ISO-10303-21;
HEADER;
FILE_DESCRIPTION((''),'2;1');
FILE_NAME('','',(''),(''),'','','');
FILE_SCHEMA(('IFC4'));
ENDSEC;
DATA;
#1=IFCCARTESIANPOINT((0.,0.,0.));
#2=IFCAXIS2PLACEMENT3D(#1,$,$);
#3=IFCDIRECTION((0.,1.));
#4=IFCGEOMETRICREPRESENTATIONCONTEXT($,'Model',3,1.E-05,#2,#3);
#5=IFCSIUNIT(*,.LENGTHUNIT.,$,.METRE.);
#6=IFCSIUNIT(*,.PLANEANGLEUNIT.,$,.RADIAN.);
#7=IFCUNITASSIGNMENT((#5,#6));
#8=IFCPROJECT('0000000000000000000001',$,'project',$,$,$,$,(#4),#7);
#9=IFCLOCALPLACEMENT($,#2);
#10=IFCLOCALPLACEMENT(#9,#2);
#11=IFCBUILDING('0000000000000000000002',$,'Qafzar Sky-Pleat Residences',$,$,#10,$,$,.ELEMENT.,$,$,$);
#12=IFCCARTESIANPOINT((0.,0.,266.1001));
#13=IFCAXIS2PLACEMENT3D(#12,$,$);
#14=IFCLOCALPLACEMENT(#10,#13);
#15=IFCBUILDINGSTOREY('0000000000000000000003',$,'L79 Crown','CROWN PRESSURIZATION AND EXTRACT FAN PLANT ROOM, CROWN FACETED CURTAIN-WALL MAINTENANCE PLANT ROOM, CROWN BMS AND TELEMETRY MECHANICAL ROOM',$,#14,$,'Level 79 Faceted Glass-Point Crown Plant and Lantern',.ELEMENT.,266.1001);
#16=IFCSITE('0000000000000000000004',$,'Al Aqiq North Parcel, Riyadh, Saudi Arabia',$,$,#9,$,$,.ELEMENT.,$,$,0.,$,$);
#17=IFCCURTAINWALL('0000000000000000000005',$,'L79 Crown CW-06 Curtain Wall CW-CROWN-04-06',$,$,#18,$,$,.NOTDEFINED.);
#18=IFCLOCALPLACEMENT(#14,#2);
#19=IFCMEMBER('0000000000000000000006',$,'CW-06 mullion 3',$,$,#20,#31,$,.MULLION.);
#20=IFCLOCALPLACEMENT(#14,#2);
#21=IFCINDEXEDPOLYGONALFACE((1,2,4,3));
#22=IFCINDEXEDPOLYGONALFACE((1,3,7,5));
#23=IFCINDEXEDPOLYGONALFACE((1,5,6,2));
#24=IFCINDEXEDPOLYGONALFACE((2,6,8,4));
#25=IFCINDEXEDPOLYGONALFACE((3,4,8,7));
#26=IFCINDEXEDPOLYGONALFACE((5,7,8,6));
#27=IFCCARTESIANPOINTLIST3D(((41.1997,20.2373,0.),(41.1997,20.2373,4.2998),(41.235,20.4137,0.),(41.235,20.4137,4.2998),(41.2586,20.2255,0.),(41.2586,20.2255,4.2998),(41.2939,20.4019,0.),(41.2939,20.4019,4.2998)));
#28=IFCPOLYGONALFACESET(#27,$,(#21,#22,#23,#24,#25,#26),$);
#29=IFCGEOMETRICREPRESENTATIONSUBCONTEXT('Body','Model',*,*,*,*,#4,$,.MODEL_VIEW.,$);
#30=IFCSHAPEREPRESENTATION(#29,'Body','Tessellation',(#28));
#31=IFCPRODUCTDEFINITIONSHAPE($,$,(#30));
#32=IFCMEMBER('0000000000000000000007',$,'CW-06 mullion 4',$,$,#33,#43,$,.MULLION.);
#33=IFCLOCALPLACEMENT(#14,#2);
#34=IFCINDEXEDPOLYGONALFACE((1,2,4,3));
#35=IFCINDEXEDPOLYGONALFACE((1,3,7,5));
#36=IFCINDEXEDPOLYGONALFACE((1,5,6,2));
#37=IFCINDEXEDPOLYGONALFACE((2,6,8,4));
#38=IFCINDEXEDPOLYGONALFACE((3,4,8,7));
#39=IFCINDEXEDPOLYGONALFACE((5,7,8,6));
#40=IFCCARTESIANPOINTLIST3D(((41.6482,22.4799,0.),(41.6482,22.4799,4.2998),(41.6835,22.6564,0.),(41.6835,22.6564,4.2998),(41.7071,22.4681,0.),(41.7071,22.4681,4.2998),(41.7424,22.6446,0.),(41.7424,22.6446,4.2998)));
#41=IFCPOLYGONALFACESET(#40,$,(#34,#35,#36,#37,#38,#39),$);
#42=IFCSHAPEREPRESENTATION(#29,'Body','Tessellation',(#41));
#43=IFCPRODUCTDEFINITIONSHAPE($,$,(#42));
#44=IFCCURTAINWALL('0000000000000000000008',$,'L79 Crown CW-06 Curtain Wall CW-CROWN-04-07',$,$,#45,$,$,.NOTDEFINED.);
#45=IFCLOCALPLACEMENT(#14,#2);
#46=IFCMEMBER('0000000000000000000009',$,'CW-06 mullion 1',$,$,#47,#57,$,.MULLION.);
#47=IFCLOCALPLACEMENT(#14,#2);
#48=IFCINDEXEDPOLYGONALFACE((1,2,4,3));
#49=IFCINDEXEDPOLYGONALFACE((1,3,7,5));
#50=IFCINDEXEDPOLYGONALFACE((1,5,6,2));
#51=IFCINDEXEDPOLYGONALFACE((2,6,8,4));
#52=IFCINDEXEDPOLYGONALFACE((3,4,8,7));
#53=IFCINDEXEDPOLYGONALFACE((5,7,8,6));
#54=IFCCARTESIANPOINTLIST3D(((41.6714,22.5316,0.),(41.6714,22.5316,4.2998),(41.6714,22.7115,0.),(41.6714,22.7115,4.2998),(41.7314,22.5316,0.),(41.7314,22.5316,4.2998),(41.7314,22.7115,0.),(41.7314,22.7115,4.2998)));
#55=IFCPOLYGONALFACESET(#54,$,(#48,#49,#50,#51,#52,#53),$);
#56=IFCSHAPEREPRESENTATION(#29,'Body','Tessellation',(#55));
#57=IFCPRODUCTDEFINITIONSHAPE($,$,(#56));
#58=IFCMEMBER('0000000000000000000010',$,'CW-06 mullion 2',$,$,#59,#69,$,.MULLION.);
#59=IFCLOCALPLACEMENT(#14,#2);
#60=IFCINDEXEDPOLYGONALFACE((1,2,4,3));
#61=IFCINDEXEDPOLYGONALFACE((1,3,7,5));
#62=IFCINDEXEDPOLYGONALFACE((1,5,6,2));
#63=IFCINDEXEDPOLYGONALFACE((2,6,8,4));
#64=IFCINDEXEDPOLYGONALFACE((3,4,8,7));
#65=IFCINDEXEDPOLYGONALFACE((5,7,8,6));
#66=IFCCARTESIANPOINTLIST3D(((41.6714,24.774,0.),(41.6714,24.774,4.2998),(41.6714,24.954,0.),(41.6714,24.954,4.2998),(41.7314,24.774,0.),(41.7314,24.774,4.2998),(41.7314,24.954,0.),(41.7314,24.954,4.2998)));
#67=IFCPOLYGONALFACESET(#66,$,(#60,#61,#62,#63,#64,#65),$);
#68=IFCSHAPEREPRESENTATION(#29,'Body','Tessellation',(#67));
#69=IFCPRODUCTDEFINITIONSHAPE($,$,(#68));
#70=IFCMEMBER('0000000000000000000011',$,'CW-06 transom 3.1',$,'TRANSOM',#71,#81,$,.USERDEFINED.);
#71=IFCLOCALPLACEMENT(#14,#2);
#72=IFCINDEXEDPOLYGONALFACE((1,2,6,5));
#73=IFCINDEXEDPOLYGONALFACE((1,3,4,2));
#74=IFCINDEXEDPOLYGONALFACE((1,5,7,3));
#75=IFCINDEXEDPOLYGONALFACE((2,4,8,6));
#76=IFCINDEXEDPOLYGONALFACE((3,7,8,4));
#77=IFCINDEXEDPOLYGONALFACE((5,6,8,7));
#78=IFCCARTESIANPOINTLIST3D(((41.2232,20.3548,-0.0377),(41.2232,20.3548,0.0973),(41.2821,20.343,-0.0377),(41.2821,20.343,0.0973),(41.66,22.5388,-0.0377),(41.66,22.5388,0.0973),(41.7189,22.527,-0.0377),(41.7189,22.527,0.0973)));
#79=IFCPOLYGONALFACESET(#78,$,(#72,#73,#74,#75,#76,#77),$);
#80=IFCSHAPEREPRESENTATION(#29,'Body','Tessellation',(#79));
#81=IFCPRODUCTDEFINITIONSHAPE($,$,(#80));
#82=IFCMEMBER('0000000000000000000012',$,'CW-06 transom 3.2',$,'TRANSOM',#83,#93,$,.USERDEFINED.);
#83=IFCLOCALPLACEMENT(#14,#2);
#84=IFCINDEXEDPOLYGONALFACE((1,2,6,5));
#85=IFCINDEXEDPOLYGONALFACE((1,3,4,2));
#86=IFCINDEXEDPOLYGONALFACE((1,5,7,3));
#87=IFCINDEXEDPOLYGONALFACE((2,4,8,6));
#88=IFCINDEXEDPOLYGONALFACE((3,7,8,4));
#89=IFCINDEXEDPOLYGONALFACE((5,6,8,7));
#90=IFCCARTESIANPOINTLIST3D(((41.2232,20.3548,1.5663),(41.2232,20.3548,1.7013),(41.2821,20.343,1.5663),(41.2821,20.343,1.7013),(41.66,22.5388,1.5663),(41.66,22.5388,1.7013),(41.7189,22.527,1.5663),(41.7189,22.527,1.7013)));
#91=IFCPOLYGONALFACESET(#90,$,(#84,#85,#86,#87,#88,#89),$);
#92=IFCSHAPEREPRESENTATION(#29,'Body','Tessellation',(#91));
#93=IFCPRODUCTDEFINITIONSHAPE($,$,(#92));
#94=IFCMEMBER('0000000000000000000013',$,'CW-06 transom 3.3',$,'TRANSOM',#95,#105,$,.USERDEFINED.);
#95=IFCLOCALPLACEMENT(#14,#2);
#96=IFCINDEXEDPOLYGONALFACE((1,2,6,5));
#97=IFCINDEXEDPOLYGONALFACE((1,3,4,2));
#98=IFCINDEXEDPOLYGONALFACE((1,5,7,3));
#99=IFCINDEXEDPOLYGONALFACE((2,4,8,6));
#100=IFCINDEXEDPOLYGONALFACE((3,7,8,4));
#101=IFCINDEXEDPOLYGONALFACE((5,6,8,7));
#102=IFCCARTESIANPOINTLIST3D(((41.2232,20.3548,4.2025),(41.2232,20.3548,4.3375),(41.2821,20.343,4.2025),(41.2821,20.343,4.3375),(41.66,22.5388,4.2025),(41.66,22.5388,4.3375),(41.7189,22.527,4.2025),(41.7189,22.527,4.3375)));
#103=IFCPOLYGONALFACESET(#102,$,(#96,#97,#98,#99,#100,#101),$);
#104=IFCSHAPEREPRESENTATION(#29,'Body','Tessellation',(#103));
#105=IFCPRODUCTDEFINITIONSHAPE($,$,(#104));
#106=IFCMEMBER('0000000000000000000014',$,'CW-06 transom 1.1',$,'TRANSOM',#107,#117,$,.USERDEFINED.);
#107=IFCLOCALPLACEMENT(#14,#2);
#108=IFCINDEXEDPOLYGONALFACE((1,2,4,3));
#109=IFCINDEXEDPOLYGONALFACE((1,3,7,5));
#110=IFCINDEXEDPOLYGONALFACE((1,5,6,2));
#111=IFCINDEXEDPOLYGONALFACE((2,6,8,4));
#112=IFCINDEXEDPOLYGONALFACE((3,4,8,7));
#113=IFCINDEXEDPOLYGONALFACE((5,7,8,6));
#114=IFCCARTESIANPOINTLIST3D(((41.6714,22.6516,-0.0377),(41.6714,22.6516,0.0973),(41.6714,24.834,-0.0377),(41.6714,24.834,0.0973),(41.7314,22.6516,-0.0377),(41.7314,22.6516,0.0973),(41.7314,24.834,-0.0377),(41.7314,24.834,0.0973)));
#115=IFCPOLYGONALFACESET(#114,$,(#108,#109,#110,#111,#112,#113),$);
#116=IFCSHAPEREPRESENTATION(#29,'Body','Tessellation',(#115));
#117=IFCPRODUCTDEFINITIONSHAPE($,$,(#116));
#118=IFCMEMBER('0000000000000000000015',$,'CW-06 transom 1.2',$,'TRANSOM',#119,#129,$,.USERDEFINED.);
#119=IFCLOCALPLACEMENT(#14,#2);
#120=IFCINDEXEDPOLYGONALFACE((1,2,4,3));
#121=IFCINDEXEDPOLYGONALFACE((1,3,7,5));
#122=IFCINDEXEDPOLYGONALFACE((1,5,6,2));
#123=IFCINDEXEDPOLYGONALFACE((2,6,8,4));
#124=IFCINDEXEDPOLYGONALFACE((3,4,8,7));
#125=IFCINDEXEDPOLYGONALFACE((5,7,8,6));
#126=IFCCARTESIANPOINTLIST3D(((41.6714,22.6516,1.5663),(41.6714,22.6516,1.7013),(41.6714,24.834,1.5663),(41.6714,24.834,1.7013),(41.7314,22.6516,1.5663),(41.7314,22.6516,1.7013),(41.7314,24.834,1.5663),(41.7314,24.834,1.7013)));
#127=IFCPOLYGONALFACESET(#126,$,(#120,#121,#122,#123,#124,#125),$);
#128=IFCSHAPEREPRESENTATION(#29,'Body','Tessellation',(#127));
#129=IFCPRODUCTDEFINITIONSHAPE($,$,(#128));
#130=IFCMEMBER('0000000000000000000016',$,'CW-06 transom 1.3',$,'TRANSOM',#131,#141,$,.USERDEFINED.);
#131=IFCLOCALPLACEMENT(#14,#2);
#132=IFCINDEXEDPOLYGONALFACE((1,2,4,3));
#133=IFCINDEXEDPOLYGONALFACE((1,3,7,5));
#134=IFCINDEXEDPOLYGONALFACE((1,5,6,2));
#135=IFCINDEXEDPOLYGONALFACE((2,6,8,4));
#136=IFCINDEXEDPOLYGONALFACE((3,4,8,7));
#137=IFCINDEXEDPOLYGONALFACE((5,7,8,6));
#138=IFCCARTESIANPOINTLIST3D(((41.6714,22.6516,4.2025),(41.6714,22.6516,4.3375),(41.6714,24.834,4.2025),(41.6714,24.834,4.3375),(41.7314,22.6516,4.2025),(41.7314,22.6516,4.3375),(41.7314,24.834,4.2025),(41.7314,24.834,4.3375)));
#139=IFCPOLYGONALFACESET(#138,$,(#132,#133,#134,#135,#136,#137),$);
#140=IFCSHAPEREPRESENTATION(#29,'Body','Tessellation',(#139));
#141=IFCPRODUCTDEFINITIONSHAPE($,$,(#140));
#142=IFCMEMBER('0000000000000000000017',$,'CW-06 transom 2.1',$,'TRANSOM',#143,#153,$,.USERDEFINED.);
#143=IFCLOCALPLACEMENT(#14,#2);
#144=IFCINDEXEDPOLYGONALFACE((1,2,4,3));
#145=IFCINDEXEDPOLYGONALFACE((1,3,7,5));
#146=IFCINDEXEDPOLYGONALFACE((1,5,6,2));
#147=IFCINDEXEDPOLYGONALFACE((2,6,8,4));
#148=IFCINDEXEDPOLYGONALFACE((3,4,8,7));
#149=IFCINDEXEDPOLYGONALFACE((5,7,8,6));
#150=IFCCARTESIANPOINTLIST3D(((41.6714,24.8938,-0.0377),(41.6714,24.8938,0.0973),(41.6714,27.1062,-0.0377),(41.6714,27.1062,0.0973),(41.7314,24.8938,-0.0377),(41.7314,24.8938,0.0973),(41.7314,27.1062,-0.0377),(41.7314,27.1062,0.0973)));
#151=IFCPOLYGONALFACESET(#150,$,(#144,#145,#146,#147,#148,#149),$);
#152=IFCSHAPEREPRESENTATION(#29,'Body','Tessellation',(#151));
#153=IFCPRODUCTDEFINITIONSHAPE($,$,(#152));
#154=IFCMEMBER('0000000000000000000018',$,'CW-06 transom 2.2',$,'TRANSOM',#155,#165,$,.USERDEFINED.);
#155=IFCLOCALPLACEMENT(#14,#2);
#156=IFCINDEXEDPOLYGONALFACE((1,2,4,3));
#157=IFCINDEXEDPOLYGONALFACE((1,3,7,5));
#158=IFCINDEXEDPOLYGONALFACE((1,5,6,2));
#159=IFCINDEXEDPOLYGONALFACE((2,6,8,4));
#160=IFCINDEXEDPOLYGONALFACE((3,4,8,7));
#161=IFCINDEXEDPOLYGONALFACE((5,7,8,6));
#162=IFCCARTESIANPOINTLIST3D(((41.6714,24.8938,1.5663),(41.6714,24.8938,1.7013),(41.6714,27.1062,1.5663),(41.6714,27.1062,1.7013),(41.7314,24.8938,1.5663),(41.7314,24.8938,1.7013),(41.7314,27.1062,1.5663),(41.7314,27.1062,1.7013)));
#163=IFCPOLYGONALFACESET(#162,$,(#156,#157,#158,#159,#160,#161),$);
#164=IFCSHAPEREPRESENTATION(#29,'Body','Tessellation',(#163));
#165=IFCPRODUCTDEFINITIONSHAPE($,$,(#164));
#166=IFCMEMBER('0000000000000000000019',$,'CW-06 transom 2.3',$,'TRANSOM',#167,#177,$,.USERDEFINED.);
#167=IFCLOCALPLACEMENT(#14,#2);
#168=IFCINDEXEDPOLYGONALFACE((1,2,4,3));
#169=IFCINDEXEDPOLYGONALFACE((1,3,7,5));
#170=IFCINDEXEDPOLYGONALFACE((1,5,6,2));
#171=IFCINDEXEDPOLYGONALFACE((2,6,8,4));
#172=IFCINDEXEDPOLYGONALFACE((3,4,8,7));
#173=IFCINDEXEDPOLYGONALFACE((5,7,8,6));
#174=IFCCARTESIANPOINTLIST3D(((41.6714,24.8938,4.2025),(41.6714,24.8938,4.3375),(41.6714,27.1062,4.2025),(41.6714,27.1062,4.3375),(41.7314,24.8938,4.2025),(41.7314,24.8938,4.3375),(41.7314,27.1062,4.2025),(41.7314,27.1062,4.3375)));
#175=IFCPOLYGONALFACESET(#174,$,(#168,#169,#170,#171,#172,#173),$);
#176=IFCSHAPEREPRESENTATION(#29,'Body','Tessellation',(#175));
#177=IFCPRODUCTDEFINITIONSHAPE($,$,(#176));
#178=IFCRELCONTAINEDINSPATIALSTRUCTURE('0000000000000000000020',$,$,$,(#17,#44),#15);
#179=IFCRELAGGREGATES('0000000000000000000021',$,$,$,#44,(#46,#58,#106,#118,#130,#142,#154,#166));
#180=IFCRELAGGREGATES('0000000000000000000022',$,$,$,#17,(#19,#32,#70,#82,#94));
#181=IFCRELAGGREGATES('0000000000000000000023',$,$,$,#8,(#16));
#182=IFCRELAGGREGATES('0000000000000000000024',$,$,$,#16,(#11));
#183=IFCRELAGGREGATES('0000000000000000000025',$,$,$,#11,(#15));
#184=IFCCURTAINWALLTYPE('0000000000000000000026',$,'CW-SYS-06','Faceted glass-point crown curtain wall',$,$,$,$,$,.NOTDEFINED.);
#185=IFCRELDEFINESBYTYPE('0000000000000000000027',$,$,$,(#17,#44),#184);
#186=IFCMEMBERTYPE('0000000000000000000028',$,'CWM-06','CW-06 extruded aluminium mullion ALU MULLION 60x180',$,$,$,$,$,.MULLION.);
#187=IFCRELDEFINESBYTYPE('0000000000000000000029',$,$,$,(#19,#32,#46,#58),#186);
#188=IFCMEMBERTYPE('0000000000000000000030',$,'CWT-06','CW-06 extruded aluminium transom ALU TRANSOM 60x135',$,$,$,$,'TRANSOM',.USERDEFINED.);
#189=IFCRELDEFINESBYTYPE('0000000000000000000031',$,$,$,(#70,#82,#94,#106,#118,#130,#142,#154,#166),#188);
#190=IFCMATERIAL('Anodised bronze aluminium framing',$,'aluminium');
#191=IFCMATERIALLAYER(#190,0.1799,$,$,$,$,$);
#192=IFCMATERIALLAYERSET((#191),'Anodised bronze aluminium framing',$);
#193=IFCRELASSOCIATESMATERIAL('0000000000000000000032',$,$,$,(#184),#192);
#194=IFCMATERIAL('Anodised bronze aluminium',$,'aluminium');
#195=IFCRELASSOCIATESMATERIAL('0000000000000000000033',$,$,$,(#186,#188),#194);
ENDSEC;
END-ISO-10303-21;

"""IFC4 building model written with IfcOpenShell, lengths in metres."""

from ifc_helpers import new_model, si_unit, direction, frame, origin, origin_2d, place, context, subcontext, project, spatial, rectangle, extrude, source, transform, mapped, material, layer, layer_set, material_profile, profile_set, type_object, element, aggregate, save


model = new_model("IFC4")

# Units and contexts
model_context = context("Model", 3, precision=1e-05, world=origin(), true_north=direction((0.0, 1.0)))
body_context = subcontext(model_context, "Body", "Model", "MODEL_VIEW")
ifc_project = project(units=[si_unit("LENGTHUNIT", "METRE"), si_unit("PLANEANGLEUNIT", "RADIAN")], contexts=[model_context])

# Site, building, storey
site_placement = place(None, origin())
site = spatial("IfcSite", under=ifc_project, at=site_placement, Name="Al Aqiq North Parcel, Riyadh, Saudi Arabia", CompositionType="ELEMENT", RefElevation=0.0)
building_placement = place(site_placement, origin())
building = spatial("IfcBuilding", under=site, at=building_placement, Name="Qafzar Sky-Pleat Residences", CompositionType="ELEMENT")
storey_placement = place(building_placement, frame((0.0, 0.0, 266.1001)))
storey = spatial("IfcBuildingStorey", under=building, at=storey_placement, Name="L79 Crown", Description="CROWN PRESSURIZATION AND EXTRACT FAN PLANT ROOM, CROWN FACETED CURTAIN-WALL MAINTENANCE PLANT ROOM, CROWN BMS AND TELEMETRY MECHANICAL ROOM", LongName="Level 79 Faceted Glass-Point Crown Plant and Lantern", CompositionType="ELEMENT", Elevation=266.1001)

# Curtain walls, members
ifc_material_1 = material(Name="Anodised bronze aluminium framing", Category="aluminium")
ifc_layer_1 = layer(ifc_material_1, 0.1799)
ifc_layer_set_1 = layer_set([ifc_layer_1], Name="Anodised bronze aluminium framing")
curtain_wall_type = type_object("IfcCurtainWallType", Name="CW-SYS-06", Description="Faceted glass-point crown curtain wall", PredefinedType="NOTDEFINED", material=ifc_layer_set_1)
curtain_wall_1_placement = place(storey_placement, origin())
curtain_wall_1 = element("IfcCurtainWall", 1, at=curtain_wall_1_placement, inside=storey, type_object=curtain_wall_type, Name="L79 Crown CW-06 Curtain Wall CW-CROWN-04-06", PredefinedType="NOTDEFINED")
ifc_material_2 = material(Name="Anodised bronze aluminium", Category="aluminium")
ifc_material_profile_1 = material_profile(ifc_material_2, rectangle(XDim=0.0601, YDim=0.1799, at=origin_2d()), Name="ALU MULLION 60x180")
ifc_profile_set_1 = profile_set([ifc_material_profile_1], Name="Anodised bronze aluminium")
member_type_1 = type_object("IfcMemberType", Name="CWM-06", Description="CW-06 extruded aluminium mullion ALU MULLION 60x180", PredefinedType="MULLION", material=ifc_profile_set_1)
shared_shape_1 = source(origin(), body_context, "Body", "SweptSolid", [
    extrude(rectangle(XDim=0.0601, YDim=0.1799, at=origin_2d()), origin(), (0.0, 0.0, 1.0), 4.2998),
])
member_1_placement = place(storey_placement, frame((41.2468, 20.3196, 0.0), z_axis=(0.0, 0.0, 1.0), x_axis=(-0.980581, 0.196116, 0.0)))
member_1 = element("IfcMember", 2, at=member_1_placement, type_object=member_type_1, Name="CW-06 mullion 3", PredefinedType="MULLION", context=body_context, shape_type="MappedRepresentation", body=[
    mapped(shared_shape_1, transform((0.0, 0.0, 0.0), x_axis=(1.0, 0.0, 0.0), y_axis=(0.0, 1.0, 0.0), z_axis=(0.0, 0.0, 1.0), scale=1.0)),
])
member_2_placement = place(storey_placement, frame((41.6953, 22.5623, 0.0), z_axis=(0.0, 0.0, 1.0), x_axis=(-0.980581, 0.196116, 0.0)))
member_2 = element("IfcMember", 3, at=member_2_placement, type_object=member_type_1, Name="CW-06 mullion 4", PredefinedType="MULLION", context=body_context, shape_type="MappedRepresentation", body=[
    mapped(shared_shape_1, transform((0.0, 0.0, 0.0), x_axis=(1.0, 0.0, 0.0), y_axis=(0.0, 1.0, 0.0), z_axis=(0.0, 0.0, 1.0), scale=1.0)),
])
curtain_wall_2_placement = place(storey_placement, origin())
curtain_wall_2 = element("IfcCurtainWall", 4, at=curtain_wall_2_placement, inside=storey, type_object=curtain_wall_type, Name="L79 Crown CW-06 Curtain Wall CW-CROWN-04-07", PredefinedType="NOTDEFINED")
member_3_placement = place(storey_placement, frame((41.7014, 22.6216, 0.0), z_axis=(0.0, 0.0, 1.0), x_axis=(-1.0, 0.0, 0.0)))
member_3 = element("IfcMember", 5, at=member_3_placement, type_object=member_type_1, Name="CW-06 mullion 1", PredefinedType="MULLION", context=body_context, shape_type="MappedRepresentation", body=[
    mapped(shared_shape_1, transform((0.0, 0.0, 0.0), x_axis=(1.0, 0.0, 0.0), y_axis=(0.0, 1.0, 0.0), z_axis=(0.0, 0.0, 1.0), scale=1.0)),
])
member_4_placement = place(storey_placement, frame((41.7014, 24.864, 0.0), z_axis=(0.0, 0.0, 1.0), x_axis=(-1.0, 0.0, 0.0)))
member_4 = element("IfcMember", 6, at=member_4_placement, type_object=member_type_1, Name="CW-06 mullion 2", PredefinedType="MULLION", context=body_context, shape_type="MappedRepresentation", body=[
    mapped(shared_shape_1, transform((0.0, 0.0, 0.0), x_axis=(1.0, 0.0, 0.0), y_axis=(0.0, 1.0, 0.0), z_axis=(0.0, 0.0, 1.0), scale=1.0)),
])

# Members
ifc_material_profile_2 = material_profile(ifc_material_2, rectangle(XDim=0.0601, YDim=0.135, at=origin_2d()), Name="ALU TRANSOM 60x135")
ifc_profile_set_2 = profile_set([ifc_material_profile_2], Name="Anodised bronze aluminium")
member_type_2 = type_object("IfcMemberType", Name="CWT-06", Description="CW-06 extruded aluminium transom ALU TRANSOM 60x135", ElementType="TRANSOM", PredefinedType="USERDEFINED", material=ifc_profile_set_2)
shared_shape_2 = source(origin(), body_context, "Body", "SweptSolid", [
    extrude(rectangle(XDim=0.0601, YDim=0.135, at=origin_2d()), origin(), (0.0, 0.0, 1.0), 2.2273),
])
member_5_placement = place(storey_placement, frame((41.2527, 20.3489, 0.0298), z_axis=(0.196095, 0.980585, 0.0), x_axis=(-0.980585, 0.196095, 0.0)))
member_5 = element("IfcMember", 7, at=member_5_placement, type_object=member_type_2, Name="CW-06 transom 3.1", ObjectType="TRANSOM", PredefinedType="USERDEFINED", context=body_context, shape_type="MappedRepresentation", body=[
    mapped(shared_shape_2, transform((0.0, 0.0, 0.0), x_axis=(1.0, 0.0, 0.0), y_axis=(0.0, 1.0, 0.0), z_axis=(0.0, 0.0, 1.0), scale=1.0)),
])
member_6_placement = place(storey_placement, frame((41.2527, 20.3489, 1.6338), z_axis=(0.196095, 0.980585, 0.0), x_axis=(-0.980585, 0.196095, 0.0)))
member_6 = element("IfcMember", 8, at=member_6_placement, type_object=member_type_2, Name="CW-06 transom 3.2", ObjectType="TRANSOM", PredefinedType="USERDEFINED", context=body_context, shape_type="MappedRepresentation", body=[
    mapped(shared_shape_2, transform((0.0, 0.0, 0.0), x_axis=(1.0, 0.0, 0.0), y_axis=(0.0, 1.0, 0.0), z_axis=(0.0, 0.0, 1.0), scale=1.0)),
])
member_7_placement = place(storey_placement, frame((41.2527, 20.3489, 4.27), z_axis=(0.196095, 0.980585, 0.0), x_axis=(-0.980585, 0.196095, 0.0)))
member_7 = element("IfcMember", 9, at=member_7_placement, type_object=member_type_2, Name="CW-06 transom 3.3", ObjectType="TRANSOM", PredefinedType="USERDEFINED", context=body_context, shape_type="MappedRepresentation", body=[
    mapped(shared_shape_2, transform((0.0, 0.0, 0.0), x_axis=(1.0, 0.0, 0.0), y_axis=(0.0, 1.0, 0.0), z_axis=(0.0, 0.0, 1.0), scale=1.0)),
])
shared_shape_3 = source(origin(), body_context, "Body", "SweptSolid", [
    extrude(rectangle(XDim=0.0601, YDim=0.135, at=origin_2d()), origin(), (0.0, 0.0, 1.0), 2.1824),
])
member_8_placement = place(storey_placement, frame((41.7014, 22.6516, 0.0298), z_axis=(0.0, 1.0, 0.0), x_axis=(-1.0, 0.0, 0.0)))
member_8 = element("IfcMember", 10, at=member_8_placement, type_object=member_type_2, Name="CW-06 transom 1.1", ObjectType="TRANSOM", PredefinedType="USERDEFINED", context=body_context, shape_type="MappedRepresentation", body=[
    mapped(shared_shape_3, transform((0.0, 0.0, 0.0), x_axis=(1.0, 0.0, 0.0), y_axis=(0.0, 1.0, 0.0), z_axis=(0.0, 0.0, 1.0), scale=1.0)),
])
member_9_placement = place(storey_placement, frame((41.7014, 22.6516, 1.6338), z_axis=(0.0, 1.0, 0.0), x_axis=(-1.0, 0.0, 0.0)))
member_9 = element("IfcMember", 11, at=member_9_placement, type_object=member_type_2, Name="CW-06 transom 1.2", ObjectType="TRANSOM", PredefinedType="USERDEFINED", context=body_context, shape_type="MappedRepresentation", body=[
    mapped(shared_shape_3, transform((0.0, 0.0, 0.0), x_axis=(1.0, 0.0, 0.0), y_axis=(0.0, 1.0, 0.0), z_axis=(0.0, 0.0, 1.0), scale=1.0)),
])
member_10_placement = place(storey_placement, frame((41.7014, 22.6516, 4.27), z_axis=(0.0, 1.0, 0.0), x_axis=(-1.0, 0.0, 0.0)))
member_10 = element("IfcMember", 12, at=member_10_placement, type_object=member_type_2, Name="CW-06 transom 1.3", ObjectType="TRANSOM", PredefinedType="USERDEFINED", context=body_context, shape_type="MappedRepresentation", body=[
    mapped(shared_shape_3, transform((0.0, 0.0, 0.0), x_axis=(1.0, 0.0, 0.0), y_axis=(0.0, 1.0, 0.0), z_axis=(0.0, 0.0, 1.0), scale=1.0)),
])
shared_shape_4 = source(origin(), body_context, "Body", "SweptSolid", [
    extrude(rectangle(XDim=0.0601, YDim=0.135, at=origin_2d()), origin(), (0.0, 0.0, 1.0), 2.2124),
])
member_11_placement = place(storey_placement, frame((41.7014, 24.8938, 0.0298), z_axis=(0.0, 1.0, 0.0), x_axis=(-1.0, 0.0, 0.0)))
member_11 = element("IfcMember", 13, at=member_11_placement, type_object=member_type_2, Name="CW-06 transom 2.1", ObjectType="TRANSOM", PredefinedType="USERDEFINED", context=body_context, shape_type="MappedRepresentation", body=[
    mapped(shared_shape_4, transform((0.0, 0.0, 0.0), x_axis=(1.0, 0.0, 0.0), y_axis=(0.0, 1.0, 0.0), z_axis=(0.0, 0.0, 1.0), scale=1.0)),
])
member_12_placement = place(storey_placement, frame((41.7014, 24.8938, 1.6338), z_axis=(0.0, 1.0, 0.0), x_axis=(-1.0, 0.0, 0.0)))
member_12 = element("IfcMember", 14, at=member_12_placement, type_object=member_type_2, Name="CW-06 transom 2.2", ObjectType="TRANSOM", PredefinedType="USERDEFINED", context=body_context, shape_type="MappedRepresentation", body=[
    mapped(shared_shape_4, transform((0.0, 0.0, 0.0), x_axis=(1.0, 0.0, 0.0), y_axis=(0.0, 1.0, 0.0), z_axis=(0.0, 0.0, 1.0), scale=1.0)),
])
member_13_placement = place(storey_placement, frame((41.7014, 24.8938, 4.27), z_axis=(0.0, 1.0, 0.0), x_axis=(-1.0, 0.0, 0.0)))
member_13 = element("IfcMember", 15, at=member_13_placement, type_object=member_type_2, Name="CW-06 transom 2.3", ObjectType="TRANSOM", PredefinedType="USERDEFINED", context=body_context, shape_type="MappedRepresentation", body=[
    mapped(shared_shape_4, transform((0.0, 0.0, 0.0), x_axis=(1.0, 0.0, 0.0), y_axis=(0.0, 1.0, 0.0), z_axis=(0.0, 0.0, 1.0), scale=1.0)),
])

aggregate(curtain_wall_2, [member_3, member_4, member_8, member_9, member_10, member_11, member_12, member_13])
aggregate(curtain_wall_1, [member_1, member_2, member_5, member_6, member_7])

save(model, "model.ifc")
